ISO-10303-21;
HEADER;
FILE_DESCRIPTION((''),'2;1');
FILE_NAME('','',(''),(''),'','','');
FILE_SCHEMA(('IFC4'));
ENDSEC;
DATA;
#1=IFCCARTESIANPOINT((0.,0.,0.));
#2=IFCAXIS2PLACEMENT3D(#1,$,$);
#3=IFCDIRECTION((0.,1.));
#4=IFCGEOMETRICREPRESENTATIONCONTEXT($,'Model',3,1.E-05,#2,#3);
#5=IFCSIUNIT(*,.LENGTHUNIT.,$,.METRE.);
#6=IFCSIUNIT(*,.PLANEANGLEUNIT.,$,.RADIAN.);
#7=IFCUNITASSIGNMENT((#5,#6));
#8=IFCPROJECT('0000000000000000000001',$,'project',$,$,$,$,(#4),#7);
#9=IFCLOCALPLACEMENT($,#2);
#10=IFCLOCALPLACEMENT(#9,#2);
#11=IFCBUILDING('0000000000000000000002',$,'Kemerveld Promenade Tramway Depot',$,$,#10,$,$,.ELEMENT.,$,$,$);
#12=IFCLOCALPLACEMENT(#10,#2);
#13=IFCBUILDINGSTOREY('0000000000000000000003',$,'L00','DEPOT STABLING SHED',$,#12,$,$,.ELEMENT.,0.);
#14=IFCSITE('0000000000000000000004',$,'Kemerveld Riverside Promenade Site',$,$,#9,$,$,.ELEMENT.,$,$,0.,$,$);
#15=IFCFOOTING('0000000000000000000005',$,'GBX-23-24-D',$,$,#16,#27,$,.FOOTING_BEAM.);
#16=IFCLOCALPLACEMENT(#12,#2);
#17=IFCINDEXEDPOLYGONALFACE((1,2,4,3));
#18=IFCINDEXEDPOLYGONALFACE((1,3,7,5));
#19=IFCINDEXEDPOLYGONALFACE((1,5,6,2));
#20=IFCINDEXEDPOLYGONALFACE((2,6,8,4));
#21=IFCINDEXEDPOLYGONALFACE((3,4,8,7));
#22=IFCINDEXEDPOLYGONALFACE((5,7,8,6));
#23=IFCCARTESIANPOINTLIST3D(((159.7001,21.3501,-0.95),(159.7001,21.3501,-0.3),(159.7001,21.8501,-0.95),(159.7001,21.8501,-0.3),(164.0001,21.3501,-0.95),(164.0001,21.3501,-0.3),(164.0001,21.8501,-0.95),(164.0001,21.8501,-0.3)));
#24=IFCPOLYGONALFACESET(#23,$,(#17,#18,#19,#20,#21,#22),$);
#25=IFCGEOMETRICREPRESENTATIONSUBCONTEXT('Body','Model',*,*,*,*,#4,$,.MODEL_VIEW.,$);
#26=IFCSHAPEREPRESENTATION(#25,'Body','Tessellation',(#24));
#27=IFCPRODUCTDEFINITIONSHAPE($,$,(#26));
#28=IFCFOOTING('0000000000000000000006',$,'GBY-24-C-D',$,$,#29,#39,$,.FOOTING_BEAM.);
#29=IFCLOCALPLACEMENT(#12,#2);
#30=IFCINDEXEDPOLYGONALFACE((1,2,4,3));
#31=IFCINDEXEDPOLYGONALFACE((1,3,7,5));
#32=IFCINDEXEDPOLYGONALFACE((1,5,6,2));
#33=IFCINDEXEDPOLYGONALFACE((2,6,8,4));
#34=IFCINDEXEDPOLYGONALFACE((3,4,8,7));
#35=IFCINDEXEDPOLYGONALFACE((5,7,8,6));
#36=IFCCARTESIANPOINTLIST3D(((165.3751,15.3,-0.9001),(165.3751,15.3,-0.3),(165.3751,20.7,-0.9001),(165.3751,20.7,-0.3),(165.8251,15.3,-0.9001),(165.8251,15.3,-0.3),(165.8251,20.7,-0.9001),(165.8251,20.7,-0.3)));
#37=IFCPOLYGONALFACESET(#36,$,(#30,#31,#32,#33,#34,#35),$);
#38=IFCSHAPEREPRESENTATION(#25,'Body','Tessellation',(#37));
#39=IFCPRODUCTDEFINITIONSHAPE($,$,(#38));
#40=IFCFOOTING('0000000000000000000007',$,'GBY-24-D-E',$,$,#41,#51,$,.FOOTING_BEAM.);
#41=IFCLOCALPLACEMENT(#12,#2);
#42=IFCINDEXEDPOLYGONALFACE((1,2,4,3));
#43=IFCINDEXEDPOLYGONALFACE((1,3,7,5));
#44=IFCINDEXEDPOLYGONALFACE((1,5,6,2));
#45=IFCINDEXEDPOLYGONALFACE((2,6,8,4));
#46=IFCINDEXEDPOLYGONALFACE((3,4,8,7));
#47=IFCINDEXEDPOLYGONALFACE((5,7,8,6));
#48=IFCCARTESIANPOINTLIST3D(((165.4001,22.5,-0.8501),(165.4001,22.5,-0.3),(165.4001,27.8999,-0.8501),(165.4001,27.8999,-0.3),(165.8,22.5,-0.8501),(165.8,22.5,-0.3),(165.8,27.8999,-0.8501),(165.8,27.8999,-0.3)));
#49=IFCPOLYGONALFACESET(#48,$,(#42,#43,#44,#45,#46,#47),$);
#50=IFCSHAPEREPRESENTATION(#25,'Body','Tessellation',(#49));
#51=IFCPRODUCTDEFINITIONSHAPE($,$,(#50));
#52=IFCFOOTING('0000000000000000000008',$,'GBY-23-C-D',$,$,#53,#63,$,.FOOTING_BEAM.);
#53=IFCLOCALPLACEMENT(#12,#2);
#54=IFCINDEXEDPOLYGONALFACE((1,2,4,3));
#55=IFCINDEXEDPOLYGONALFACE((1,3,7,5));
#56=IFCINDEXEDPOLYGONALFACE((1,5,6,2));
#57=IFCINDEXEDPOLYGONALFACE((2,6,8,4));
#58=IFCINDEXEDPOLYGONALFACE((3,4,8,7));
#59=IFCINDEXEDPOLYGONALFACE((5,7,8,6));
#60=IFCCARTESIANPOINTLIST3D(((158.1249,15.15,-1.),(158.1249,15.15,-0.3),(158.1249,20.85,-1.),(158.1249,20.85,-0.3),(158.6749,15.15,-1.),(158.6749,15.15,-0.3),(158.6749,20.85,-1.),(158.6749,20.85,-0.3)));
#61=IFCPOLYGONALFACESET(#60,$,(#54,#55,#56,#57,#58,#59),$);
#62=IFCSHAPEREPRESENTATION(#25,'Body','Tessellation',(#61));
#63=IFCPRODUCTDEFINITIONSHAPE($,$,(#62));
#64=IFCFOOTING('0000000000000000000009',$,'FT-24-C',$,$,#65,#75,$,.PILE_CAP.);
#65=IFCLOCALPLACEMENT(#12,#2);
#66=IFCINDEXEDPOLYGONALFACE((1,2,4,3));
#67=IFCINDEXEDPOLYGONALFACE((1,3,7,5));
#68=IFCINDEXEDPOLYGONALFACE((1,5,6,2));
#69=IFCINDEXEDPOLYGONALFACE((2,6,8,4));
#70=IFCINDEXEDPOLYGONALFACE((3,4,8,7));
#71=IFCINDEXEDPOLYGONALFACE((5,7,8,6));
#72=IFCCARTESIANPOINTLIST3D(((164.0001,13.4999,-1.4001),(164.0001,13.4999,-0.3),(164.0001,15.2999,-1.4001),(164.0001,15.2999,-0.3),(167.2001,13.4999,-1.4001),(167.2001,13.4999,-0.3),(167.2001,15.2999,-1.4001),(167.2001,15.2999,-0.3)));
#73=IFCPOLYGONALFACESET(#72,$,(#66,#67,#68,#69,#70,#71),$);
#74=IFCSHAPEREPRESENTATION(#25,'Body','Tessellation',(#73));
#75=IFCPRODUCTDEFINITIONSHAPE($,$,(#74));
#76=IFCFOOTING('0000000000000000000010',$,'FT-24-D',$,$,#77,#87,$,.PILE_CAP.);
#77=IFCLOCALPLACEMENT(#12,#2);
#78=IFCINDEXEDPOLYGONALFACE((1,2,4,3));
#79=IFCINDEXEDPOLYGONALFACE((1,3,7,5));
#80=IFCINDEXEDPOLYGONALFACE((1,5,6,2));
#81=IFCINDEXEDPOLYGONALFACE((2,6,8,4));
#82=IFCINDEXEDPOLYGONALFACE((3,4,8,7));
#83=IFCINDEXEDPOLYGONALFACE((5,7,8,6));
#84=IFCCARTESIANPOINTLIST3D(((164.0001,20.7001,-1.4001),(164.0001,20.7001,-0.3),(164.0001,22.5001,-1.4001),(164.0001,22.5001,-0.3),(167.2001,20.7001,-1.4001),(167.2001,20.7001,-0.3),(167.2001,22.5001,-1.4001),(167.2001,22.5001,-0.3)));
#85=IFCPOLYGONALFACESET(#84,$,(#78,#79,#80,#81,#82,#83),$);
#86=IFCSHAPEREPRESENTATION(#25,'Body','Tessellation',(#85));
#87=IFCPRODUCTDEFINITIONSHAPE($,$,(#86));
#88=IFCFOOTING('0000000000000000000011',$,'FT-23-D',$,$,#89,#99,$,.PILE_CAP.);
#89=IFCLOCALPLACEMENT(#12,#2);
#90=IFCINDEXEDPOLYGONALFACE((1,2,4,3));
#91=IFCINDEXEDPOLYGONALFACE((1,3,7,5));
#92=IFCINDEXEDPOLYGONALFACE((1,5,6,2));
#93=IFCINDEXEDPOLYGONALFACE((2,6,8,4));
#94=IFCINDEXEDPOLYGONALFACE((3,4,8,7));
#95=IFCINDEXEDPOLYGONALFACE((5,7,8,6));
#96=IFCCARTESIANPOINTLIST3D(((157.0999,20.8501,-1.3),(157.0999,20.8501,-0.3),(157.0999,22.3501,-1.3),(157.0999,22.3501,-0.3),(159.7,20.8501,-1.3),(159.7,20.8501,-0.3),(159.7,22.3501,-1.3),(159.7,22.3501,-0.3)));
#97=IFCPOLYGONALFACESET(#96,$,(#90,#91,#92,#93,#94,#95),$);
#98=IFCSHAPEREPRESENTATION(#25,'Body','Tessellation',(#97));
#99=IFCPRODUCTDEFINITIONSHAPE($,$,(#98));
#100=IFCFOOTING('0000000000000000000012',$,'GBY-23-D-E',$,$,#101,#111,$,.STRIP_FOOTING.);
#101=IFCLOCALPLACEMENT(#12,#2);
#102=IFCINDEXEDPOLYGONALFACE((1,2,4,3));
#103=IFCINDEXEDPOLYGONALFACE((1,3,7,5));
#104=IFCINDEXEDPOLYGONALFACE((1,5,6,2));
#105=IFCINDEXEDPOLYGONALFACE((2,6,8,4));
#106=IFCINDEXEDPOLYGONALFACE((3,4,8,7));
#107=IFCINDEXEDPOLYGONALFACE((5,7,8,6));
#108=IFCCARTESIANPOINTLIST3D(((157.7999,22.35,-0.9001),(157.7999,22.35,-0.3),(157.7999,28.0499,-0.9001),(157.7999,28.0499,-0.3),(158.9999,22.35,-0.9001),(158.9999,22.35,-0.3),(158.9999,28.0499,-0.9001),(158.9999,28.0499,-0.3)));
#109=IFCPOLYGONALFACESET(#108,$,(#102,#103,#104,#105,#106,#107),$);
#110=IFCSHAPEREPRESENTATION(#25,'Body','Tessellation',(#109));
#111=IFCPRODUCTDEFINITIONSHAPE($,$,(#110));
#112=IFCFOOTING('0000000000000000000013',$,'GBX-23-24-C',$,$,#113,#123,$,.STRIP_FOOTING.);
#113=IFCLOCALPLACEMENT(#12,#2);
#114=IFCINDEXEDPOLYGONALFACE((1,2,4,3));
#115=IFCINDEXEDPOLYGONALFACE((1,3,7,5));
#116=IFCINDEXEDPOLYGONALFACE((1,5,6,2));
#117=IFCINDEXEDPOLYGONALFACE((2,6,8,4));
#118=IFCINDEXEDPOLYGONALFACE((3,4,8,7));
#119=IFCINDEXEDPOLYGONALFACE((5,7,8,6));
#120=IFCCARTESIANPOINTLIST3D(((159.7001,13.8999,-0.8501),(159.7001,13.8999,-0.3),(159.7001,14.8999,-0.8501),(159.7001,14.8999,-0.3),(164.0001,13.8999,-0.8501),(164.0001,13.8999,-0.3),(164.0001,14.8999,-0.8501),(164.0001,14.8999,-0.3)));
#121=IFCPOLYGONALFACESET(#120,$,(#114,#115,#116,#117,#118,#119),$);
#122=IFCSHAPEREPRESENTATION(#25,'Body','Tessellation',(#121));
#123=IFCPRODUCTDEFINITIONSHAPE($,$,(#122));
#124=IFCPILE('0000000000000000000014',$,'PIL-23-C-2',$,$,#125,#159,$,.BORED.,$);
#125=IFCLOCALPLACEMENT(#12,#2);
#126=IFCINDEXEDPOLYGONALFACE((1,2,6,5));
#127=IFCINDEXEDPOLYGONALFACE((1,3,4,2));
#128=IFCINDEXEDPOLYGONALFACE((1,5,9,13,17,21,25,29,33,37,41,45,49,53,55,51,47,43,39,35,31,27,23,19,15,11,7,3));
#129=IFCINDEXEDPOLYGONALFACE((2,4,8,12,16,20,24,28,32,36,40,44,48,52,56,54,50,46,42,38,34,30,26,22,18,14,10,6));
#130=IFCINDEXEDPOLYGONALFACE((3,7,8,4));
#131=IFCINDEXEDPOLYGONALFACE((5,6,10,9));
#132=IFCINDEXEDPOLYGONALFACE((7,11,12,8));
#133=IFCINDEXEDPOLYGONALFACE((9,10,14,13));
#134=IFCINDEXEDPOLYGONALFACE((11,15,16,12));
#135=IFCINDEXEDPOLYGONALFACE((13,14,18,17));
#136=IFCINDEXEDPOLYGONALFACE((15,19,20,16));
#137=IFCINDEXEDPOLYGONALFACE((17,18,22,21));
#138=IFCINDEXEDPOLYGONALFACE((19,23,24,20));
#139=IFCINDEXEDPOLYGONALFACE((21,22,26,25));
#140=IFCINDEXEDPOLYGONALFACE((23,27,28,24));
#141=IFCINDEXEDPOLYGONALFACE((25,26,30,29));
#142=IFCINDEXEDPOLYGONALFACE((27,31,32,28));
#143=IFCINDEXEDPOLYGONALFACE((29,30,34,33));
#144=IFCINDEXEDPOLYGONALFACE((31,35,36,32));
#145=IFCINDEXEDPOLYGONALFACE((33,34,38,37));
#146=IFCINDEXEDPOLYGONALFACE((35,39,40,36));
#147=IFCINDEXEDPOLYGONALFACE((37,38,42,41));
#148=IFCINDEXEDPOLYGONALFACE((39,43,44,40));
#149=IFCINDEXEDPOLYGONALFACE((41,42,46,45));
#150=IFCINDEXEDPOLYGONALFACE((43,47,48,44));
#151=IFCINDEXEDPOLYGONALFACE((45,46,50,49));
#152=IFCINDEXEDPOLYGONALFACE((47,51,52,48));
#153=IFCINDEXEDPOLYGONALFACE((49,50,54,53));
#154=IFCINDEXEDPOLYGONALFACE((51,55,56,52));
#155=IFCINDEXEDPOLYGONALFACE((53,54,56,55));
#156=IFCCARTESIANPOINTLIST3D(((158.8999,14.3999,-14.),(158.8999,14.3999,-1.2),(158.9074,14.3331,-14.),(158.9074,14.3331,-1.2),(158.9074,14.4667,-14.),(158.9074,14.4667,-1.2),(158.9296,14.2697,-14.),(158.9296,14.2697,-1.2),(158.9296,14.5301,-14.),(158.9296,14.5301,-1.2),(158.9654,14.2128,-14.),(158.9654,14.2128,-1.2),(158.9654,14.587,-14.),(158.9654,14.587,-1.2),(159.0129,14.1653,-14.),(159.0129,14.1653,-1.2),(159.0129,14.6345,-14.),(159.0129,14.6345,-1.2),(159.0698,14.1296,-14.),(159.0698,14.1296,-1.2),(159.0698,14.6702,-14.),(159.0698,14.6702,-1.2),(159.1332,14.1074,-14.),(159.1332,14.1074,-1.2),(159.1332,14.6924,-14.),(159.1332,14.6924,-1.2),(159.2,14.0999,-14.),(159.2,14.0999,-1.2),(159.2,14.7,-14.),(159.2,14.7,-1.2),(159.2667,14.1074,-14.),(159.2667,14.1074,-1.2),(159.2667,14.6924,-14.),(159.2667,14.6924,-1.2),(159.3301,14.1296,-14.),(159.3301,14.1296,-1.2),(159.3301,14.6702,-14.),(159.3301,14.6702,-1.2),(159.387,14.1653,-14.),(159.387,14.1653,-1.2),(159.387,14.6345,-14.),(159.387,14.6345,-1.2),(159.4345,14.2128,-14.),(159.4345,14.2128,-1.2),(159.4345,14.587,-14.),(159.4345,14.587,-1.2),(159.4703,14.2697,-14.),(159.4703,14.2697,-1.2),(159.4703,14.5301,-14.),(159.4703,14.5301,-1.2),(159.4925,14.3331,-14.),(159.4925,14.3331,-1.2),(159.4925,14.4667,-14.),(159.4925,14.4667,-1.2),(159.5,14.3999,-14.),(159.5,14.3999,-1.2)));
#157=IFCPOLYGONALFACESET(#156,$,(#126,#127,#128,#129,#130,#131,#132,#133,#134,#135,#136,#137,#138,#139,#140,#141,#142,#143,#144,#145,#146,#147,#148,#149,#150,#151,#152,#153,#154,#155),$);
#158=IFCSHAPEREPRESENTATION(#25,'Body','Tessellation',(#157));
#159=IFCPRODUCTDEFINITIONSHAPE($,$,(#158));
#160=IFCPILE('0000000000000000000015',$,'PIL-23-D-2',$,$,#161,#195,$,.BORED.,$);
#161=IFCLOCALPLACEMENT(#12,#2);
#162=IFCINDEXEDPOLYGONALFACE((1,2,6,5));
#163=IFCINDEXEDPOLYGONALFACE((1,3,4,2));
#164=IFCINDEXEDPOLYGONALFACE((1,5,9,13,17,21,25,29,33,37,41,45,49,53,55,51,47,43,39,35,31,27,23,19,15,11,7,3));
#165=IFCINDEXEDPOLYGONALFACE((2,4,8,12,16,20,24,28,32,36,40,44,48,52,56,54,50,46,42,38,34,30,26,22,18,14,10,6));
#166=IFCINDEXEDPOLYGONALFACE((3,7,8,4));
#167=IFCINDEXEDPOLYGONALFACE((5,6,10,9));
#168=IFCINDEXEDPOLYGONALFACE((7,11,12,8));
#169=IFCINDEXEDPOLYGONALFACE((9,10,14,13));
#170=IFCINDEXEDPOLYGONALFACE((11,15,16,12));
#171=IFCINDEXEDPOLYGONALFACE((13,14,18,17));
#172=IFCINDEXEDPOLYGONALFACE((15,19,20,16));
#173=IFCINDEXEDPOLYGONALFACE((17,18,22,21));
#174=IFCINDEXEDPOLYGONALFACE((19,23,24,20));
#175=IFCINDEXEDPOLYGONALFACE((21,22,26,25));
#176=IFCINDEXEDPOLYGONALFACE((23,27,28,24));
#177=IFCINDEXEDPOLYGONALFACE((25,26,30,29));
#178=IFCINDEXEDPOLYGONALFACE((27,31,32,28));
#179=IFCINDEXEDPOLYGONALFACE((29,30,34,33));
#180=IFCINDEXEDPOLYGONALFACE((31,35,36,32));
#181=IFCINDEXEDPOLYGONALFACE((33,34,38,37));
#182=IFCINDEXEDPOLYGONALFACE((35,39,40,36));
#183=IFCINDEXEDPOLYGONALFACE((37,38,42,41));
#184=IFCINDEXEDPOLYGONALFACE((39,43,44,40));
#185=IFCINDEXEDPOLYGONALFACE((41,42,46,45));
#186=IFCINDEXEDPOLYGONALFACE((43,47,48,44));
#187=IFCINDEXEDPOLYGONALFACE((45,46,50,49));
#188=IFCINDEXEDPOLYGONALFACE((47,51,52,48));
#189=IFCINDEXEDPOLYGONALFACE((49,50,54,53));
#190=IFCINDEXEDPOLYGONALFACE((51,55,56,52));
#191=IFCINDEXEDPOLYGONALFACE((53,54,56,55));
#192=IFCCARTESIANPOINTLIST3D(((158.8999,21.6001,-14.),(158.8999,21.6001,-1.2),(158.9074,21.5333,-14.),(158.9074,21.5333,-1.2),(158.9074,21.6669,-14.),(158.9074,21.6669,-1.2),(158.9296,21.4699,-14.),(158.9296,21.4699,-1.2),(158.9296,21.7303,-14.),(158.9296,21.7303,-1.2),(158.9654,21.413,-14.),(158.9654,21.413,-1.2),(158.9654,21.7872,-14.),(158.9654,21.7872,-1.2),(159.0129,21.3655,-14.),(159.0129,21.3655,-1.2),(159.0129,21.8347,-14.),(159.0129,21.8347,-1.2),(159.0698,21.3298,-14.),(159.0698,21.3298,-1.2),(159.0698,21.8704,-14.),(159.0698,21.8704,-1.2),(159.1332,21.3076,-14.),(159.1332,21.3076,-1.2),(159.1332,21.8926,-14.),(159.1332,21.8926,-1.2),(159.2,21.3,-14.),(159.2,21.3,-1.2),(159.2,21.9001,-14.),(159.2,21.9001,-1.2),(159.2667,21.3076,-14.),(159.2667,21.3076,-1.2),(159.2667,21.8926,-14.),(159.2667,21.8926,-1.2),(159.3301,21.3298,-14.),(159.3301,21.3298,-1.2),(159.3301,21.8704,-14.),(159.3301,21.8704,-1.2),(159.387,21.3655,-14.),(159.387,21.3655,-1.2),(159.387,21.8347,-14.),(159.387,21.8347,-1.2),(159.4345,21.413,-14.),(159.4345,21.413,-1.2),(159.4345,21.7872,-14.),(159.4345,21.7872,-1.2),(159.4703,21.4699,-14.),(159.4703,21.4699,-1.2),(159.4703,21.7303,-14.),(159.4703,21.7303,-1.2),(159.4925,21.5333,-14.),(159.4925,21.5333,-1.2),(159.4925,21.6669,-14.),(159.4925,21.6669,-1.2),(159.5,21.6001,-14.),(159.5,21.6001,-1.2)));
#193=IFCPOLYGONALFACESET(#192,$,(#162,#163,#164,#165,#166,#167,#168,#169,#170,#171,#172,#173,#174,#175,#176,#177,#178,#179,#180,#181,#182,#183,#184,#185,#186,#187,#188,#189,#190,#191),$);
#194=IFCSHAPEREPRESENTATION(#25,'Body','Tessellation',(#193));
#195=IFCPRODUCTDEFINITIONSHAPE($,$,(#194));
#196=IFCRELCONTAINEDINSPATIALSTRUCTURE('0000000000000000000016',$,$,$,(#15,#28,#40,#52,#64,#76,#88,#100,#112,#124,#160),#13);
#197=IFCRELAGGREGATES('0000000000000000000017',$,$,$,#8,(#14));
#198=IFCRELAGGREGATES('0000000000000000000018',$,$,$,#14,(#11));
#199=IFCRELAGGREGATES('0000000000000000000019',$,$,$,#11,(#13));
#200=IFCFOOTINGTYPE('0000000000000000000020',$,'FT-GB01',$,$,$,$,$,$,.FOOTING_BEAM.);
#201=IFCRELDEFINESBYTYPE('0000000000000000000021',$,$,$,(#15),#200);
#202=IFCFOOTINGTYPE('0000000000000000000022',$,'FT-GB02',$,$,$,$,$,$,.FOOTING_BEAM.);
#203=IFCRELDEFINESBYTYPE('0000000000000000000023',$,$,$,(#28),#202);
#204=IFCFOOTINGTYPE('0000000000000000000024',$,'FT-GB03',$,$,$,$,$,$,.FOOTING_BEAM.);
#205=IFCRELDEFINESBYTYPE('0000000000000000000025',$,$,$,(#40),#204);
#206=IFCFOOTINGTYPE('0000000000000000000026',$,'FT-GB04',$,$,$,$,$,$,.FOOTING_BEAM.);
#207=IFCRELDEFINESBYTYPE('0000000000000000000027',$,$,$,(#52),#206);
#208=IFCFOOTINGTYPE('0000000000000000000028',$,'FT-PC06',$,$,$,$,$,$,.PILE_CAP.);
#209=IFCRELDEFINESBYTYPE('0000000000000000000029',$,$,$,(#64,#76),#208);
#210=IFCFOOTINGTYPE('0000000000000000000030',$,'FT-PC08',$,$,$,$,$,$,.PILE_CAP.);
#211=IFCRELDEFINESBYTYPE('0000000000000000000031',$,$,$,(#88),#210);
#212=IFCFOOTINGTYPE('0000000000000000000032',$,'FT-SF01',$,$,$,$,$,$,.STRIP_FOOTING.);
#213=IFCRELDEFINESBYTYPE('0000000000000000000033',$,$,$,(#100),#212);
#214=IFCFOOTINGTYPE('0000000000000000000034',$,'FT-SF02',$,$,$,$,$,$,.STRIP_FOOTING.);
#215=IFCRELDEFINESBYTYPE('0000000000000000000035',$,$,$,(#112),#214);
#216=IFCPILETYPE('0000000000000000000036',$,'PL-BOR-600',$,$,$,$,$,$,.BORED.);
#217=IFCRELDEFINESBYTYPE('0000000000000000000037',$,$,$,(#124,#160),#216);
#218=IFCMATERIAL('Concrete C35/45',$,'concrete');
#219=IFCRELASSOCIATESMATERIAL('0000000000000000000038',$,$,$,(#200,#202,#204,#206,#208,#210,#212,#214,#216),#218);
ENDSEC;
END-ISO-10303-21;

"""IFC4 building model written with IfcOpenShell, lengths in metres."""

from ifc_helpers import new_model, si_unit, direction, frame, origin, origin_2d, place, context, subcontext, project, spatial, rectangle, circle, extrude, material, material_profile, profile_set, type_object, element, save


model = new_model("IFC4")

# Units and contexts
model_context = context("Model", 3, precision=1e-05, world=origin(), true_north=direction((0.0, 1.0)))
body_context = subcontext(model_context, "Body", "Model", "MODEL_VIEW")
ifc_project = project(units=[si_unit("LENGTHUNIT", "METRE"), si_unit("PLANEANGLEUNIT", "RADIAN")], contexts=[model_context])

# Site, building, storey
site_placement = place(None, origin())
site = spatial("IfcSite", under=ifc_project, at=site_placement, Name="Kemerveld Riverside Promenade Site", CompositionType="ELEMENT", RefElevation=0.0)
building_placement = place(site_placement, origin())
building = spatial("IfcBuilding", under=site, at=building_placement, Name="Kemerveld Promenade Tramway Depot", CompositionType="ELEMENT")
storey_placement = place(building_placement, origin())
storey = spatial("IfcBuildingStorey", under=building, at=storey_placement, Name="L00", Description="DEPOT STABLING SHED", CompositionType="ELEMENT", Elevation=0.0)

# Footings
ifc_material_1 = material(Name="Concrete C35/45", Category="concrete")
footing_type_1 = type_object("IfcFootingType", Name="FT-GB01", PredefinedType="FOOTING_BEAM", material=ifc_material_1)
footing_1_placement = place(storey_placement, frame((161.8501, 21.6001, -0.95), z_axis=(0.0, 0.0, 1.0), x_axis=(1.0, 0.0, 0.0)))
element("IfcFooting", 1, at=footing_1_placement, inside=storey, type_object=footing_type_1, Name="GBX-23-24-D", PredefinedType="FOOTING_BEAM", context=body_context, shape_type="SweptSolid", body=[
    extrude(rectangle(XDim=4.3, YDim=0.5, at=origin_2d()), origin(), (0.0, 0.0, 1.0), 0.6499),
])
footing_type_2 = type_object("IfcFootingType", Name="FT-GB02", PredefinedType="FOOTING_BEAM", material=ifc_material_1)
footing_2_placement = place(storey_placement, frame((165.6001, 18.0, -0.9001), z_axis=(0.0, 0.0, 1.0), x_axis=(0.0, 1.0, 0.0)))
element("IfcFooting", 2, at=footing_2_placement, inside=storey, type_object=footing_type_2, Name="GBY-24-C-D", PredefinedType="FOOTING_BEAM", context=body_context, shape_type="SweptSolid", body=[
    extrude(rectangle(XDim=5.3999, YDim=0.45, at=origin_2d()), origin(), (0.0, 0.0, 1.0), 0.6001),
])
footing_type_3 = type_object("IfcFootingType", Name="FT-GB03", PredefinedType="FOOTING_BEAM", material=ifc_material_1)
footing_3_placement = place(storey_placement, frame((165.6001, 25.2, -0.8501), z_axis=(0.0, 0.0, 1.0), x_axis=(0.0, 1.0, 0.0)))
element("IfcFooting", 3, at=footing_3_placement, inside=storey, type_object=footing_type_3, Name="GBY-24-D-E", PredefinedType="FOOTING_BEAM", context=body_context, shape_type="SweptSolid", body=[
    extrude(rectangle(XDim=5.3999, YDim=0.3999, at=origin_2d()), origin(), (0.0, 0.0, 1.0), 0.55),
])
footing_type_4 = type_object("IfcFootingType", Name="FT-GB04", PredefinedType="FOOTING_BEAM", material=ifc_material_1)
footing_4_placement = place(storey_placement, frame((158.3999, 18.0, -1.0), z_axis=(0.0, 0.0, 1.0), x_axis=(0.0, 1.0, 0.0)))
element("IfcFooting", 4, at=footing_4_placement, inside=storey, type_object=footing_type_4, Name="GBY-23-C-D", PredefinedType="FOOTING_BEAM", context=body_context, shape_type="SweptSolid", body=[
    extrude(rectangle(XDim=5.7, YDim=0.55, at=origin_2d()), origin(), (0.0, 0.0, 1.0), 0.7),
])
footing_type_5 = type_object("IfcFootingType", Name="FT-PC06", PredefinedType="PILE_CAP", material=ifc_material_1)
for number, where, z_axis, x_axis, name in (
    (5, (165.6001, 14.3999, -1.4001), (0.0, 0.0, 1.0), (1.0, 0.0, 0.0), "FT-24-C"),
    (6, (165.6001, 21.6001, -1.4001), (0.0, 0.0, 1.0), (1.0, 0.0, 0.0), "FT-24-D"),
):
    element("IfcFooting", number, at=place(storey_placement, frame(where, z_axis=z_axis, x_axis=x_axis)), inside=storey, type_object=footing_type_5, Name=name, PredefinedType="PILE_CAP", context=body_context, shape_type="SweptSolid", body=[
        extrude(rectangle(XDim=3.2, YDim=1.8, at=origin_2d()), origin(), (0.0, 0.0, 1.0), 1.1001),
    ])
footing_type_6 = type_object("IfcFootingType", Name="FT-PC08", PredefinedType="PILE_CAP", material=ifc_material_1)
footing_5_placement = place(storey_placement, frame((158.3999, 21.6001, -1.3), z_axis=(0.0, 0.0, 1.0), x_axis=(1.0, 0.0, 0.0)))
element("IfcFooting", 7, at=footing_5_placement, inside=storey, type_object=footing_type_6, Name="FT-23-D", PredefinedType="PILE_CAP", context=body_context, shape_type="SweptSolid", body=[
    extrude(rectangle(XDim=2.6001, YDim=1.5, at=origin_2d()), origin(), (0.0, 0.0, 1.0), 1.0),
])
footing_type_7 = type_object("IfcFootingType", Name="FT-SF01", PredefinedType="STRIP_FOOTING", material=ifc_material_1)
footing_6_placement = place(storey_placement, frame((158.3999, 25.2, -0.9001), z_axis=(0.0, 0.0, 1.0), x_axis=(0.0, 1.0, 0.0)))
element("IfcFooting", 8, at=footing_6_placement, inside=storey, type_object=footing_type_7, Name="GBY-23-D-E", PredefinedType="STRIP_FOOTING", context=body_context, shape_type="SweptSolid", body=[
    extrude(rectangle(XDim=5.7, YDim=1.2, at=origin_2d()), origin(), (0.0, 0.0, 1.0), 0.6001),
])
footing_type_8 = type_object("IfcFootingType", Name="FT-SF02", PredefinedType="STRIP_FOOTING", material=ifc_material_1)
footing_7_placement = place(storey_placement, frame((161.8501, 14.3999, -0.8501), z_axis=(0.0, 0.0, 1.0), x_axis=(1.0, 0.0, 0.0)))
element("IfcFooting", 9, at=footing_7_placement, inside=storey, type_object=footing_type_8, Name="GBX-23-24-C", PredefinedType="STRIP_FOOTING", context=body_context, shape_type="SweptSolid", body=[
    extrude(rectangle(XDim=4.3, YDim=1.0, at=origin_2d()), origin(), (0.0, 0.0, 1.0), 0.55),
])

# Piles
ifc_material_profile_1 = material_profile(ifc_material_1, circle(Radius=0.3, at=origin_2d()), Name="PILE-D600")
ifc_profile_set_1 = profile_set([ifc_material_profile_1], Name="Concrete C35/45")
pile_type_1 = type_object("IfcPileType", Name="PL-BOR-600", PredefinedType="BORED", material=ifc_profile_set_1)
for number, where, z_axis, x_axis, name in (
    (10, (159.2, 14.3999, -1.2), (0.0, 0.0, -1.0), (1.0, 0.0, 0.0), "PIL-23-C-2"),
    (11, (159.2, 21.6001, -1.2), (0.0, 0.0, -1.0), (1.0, 0.0, 0.0), "PIL-23-D-2"),
):
    element("IfcPile", number, at=place(storey_placement, frame(where, z_axis=z_axis, x_axis=x_axis)), inside=storey, type_object=pile_type_1, Name=name, PredefinedType="BORED", context=body_context, shape_type="SweptSolid", body=[
        extrude(circle(Radius=0.3, at=origin_2d()), origin(), (0.0, 0.0, 1.0), 12.8),
    ])

save(model, "model.ifc")
